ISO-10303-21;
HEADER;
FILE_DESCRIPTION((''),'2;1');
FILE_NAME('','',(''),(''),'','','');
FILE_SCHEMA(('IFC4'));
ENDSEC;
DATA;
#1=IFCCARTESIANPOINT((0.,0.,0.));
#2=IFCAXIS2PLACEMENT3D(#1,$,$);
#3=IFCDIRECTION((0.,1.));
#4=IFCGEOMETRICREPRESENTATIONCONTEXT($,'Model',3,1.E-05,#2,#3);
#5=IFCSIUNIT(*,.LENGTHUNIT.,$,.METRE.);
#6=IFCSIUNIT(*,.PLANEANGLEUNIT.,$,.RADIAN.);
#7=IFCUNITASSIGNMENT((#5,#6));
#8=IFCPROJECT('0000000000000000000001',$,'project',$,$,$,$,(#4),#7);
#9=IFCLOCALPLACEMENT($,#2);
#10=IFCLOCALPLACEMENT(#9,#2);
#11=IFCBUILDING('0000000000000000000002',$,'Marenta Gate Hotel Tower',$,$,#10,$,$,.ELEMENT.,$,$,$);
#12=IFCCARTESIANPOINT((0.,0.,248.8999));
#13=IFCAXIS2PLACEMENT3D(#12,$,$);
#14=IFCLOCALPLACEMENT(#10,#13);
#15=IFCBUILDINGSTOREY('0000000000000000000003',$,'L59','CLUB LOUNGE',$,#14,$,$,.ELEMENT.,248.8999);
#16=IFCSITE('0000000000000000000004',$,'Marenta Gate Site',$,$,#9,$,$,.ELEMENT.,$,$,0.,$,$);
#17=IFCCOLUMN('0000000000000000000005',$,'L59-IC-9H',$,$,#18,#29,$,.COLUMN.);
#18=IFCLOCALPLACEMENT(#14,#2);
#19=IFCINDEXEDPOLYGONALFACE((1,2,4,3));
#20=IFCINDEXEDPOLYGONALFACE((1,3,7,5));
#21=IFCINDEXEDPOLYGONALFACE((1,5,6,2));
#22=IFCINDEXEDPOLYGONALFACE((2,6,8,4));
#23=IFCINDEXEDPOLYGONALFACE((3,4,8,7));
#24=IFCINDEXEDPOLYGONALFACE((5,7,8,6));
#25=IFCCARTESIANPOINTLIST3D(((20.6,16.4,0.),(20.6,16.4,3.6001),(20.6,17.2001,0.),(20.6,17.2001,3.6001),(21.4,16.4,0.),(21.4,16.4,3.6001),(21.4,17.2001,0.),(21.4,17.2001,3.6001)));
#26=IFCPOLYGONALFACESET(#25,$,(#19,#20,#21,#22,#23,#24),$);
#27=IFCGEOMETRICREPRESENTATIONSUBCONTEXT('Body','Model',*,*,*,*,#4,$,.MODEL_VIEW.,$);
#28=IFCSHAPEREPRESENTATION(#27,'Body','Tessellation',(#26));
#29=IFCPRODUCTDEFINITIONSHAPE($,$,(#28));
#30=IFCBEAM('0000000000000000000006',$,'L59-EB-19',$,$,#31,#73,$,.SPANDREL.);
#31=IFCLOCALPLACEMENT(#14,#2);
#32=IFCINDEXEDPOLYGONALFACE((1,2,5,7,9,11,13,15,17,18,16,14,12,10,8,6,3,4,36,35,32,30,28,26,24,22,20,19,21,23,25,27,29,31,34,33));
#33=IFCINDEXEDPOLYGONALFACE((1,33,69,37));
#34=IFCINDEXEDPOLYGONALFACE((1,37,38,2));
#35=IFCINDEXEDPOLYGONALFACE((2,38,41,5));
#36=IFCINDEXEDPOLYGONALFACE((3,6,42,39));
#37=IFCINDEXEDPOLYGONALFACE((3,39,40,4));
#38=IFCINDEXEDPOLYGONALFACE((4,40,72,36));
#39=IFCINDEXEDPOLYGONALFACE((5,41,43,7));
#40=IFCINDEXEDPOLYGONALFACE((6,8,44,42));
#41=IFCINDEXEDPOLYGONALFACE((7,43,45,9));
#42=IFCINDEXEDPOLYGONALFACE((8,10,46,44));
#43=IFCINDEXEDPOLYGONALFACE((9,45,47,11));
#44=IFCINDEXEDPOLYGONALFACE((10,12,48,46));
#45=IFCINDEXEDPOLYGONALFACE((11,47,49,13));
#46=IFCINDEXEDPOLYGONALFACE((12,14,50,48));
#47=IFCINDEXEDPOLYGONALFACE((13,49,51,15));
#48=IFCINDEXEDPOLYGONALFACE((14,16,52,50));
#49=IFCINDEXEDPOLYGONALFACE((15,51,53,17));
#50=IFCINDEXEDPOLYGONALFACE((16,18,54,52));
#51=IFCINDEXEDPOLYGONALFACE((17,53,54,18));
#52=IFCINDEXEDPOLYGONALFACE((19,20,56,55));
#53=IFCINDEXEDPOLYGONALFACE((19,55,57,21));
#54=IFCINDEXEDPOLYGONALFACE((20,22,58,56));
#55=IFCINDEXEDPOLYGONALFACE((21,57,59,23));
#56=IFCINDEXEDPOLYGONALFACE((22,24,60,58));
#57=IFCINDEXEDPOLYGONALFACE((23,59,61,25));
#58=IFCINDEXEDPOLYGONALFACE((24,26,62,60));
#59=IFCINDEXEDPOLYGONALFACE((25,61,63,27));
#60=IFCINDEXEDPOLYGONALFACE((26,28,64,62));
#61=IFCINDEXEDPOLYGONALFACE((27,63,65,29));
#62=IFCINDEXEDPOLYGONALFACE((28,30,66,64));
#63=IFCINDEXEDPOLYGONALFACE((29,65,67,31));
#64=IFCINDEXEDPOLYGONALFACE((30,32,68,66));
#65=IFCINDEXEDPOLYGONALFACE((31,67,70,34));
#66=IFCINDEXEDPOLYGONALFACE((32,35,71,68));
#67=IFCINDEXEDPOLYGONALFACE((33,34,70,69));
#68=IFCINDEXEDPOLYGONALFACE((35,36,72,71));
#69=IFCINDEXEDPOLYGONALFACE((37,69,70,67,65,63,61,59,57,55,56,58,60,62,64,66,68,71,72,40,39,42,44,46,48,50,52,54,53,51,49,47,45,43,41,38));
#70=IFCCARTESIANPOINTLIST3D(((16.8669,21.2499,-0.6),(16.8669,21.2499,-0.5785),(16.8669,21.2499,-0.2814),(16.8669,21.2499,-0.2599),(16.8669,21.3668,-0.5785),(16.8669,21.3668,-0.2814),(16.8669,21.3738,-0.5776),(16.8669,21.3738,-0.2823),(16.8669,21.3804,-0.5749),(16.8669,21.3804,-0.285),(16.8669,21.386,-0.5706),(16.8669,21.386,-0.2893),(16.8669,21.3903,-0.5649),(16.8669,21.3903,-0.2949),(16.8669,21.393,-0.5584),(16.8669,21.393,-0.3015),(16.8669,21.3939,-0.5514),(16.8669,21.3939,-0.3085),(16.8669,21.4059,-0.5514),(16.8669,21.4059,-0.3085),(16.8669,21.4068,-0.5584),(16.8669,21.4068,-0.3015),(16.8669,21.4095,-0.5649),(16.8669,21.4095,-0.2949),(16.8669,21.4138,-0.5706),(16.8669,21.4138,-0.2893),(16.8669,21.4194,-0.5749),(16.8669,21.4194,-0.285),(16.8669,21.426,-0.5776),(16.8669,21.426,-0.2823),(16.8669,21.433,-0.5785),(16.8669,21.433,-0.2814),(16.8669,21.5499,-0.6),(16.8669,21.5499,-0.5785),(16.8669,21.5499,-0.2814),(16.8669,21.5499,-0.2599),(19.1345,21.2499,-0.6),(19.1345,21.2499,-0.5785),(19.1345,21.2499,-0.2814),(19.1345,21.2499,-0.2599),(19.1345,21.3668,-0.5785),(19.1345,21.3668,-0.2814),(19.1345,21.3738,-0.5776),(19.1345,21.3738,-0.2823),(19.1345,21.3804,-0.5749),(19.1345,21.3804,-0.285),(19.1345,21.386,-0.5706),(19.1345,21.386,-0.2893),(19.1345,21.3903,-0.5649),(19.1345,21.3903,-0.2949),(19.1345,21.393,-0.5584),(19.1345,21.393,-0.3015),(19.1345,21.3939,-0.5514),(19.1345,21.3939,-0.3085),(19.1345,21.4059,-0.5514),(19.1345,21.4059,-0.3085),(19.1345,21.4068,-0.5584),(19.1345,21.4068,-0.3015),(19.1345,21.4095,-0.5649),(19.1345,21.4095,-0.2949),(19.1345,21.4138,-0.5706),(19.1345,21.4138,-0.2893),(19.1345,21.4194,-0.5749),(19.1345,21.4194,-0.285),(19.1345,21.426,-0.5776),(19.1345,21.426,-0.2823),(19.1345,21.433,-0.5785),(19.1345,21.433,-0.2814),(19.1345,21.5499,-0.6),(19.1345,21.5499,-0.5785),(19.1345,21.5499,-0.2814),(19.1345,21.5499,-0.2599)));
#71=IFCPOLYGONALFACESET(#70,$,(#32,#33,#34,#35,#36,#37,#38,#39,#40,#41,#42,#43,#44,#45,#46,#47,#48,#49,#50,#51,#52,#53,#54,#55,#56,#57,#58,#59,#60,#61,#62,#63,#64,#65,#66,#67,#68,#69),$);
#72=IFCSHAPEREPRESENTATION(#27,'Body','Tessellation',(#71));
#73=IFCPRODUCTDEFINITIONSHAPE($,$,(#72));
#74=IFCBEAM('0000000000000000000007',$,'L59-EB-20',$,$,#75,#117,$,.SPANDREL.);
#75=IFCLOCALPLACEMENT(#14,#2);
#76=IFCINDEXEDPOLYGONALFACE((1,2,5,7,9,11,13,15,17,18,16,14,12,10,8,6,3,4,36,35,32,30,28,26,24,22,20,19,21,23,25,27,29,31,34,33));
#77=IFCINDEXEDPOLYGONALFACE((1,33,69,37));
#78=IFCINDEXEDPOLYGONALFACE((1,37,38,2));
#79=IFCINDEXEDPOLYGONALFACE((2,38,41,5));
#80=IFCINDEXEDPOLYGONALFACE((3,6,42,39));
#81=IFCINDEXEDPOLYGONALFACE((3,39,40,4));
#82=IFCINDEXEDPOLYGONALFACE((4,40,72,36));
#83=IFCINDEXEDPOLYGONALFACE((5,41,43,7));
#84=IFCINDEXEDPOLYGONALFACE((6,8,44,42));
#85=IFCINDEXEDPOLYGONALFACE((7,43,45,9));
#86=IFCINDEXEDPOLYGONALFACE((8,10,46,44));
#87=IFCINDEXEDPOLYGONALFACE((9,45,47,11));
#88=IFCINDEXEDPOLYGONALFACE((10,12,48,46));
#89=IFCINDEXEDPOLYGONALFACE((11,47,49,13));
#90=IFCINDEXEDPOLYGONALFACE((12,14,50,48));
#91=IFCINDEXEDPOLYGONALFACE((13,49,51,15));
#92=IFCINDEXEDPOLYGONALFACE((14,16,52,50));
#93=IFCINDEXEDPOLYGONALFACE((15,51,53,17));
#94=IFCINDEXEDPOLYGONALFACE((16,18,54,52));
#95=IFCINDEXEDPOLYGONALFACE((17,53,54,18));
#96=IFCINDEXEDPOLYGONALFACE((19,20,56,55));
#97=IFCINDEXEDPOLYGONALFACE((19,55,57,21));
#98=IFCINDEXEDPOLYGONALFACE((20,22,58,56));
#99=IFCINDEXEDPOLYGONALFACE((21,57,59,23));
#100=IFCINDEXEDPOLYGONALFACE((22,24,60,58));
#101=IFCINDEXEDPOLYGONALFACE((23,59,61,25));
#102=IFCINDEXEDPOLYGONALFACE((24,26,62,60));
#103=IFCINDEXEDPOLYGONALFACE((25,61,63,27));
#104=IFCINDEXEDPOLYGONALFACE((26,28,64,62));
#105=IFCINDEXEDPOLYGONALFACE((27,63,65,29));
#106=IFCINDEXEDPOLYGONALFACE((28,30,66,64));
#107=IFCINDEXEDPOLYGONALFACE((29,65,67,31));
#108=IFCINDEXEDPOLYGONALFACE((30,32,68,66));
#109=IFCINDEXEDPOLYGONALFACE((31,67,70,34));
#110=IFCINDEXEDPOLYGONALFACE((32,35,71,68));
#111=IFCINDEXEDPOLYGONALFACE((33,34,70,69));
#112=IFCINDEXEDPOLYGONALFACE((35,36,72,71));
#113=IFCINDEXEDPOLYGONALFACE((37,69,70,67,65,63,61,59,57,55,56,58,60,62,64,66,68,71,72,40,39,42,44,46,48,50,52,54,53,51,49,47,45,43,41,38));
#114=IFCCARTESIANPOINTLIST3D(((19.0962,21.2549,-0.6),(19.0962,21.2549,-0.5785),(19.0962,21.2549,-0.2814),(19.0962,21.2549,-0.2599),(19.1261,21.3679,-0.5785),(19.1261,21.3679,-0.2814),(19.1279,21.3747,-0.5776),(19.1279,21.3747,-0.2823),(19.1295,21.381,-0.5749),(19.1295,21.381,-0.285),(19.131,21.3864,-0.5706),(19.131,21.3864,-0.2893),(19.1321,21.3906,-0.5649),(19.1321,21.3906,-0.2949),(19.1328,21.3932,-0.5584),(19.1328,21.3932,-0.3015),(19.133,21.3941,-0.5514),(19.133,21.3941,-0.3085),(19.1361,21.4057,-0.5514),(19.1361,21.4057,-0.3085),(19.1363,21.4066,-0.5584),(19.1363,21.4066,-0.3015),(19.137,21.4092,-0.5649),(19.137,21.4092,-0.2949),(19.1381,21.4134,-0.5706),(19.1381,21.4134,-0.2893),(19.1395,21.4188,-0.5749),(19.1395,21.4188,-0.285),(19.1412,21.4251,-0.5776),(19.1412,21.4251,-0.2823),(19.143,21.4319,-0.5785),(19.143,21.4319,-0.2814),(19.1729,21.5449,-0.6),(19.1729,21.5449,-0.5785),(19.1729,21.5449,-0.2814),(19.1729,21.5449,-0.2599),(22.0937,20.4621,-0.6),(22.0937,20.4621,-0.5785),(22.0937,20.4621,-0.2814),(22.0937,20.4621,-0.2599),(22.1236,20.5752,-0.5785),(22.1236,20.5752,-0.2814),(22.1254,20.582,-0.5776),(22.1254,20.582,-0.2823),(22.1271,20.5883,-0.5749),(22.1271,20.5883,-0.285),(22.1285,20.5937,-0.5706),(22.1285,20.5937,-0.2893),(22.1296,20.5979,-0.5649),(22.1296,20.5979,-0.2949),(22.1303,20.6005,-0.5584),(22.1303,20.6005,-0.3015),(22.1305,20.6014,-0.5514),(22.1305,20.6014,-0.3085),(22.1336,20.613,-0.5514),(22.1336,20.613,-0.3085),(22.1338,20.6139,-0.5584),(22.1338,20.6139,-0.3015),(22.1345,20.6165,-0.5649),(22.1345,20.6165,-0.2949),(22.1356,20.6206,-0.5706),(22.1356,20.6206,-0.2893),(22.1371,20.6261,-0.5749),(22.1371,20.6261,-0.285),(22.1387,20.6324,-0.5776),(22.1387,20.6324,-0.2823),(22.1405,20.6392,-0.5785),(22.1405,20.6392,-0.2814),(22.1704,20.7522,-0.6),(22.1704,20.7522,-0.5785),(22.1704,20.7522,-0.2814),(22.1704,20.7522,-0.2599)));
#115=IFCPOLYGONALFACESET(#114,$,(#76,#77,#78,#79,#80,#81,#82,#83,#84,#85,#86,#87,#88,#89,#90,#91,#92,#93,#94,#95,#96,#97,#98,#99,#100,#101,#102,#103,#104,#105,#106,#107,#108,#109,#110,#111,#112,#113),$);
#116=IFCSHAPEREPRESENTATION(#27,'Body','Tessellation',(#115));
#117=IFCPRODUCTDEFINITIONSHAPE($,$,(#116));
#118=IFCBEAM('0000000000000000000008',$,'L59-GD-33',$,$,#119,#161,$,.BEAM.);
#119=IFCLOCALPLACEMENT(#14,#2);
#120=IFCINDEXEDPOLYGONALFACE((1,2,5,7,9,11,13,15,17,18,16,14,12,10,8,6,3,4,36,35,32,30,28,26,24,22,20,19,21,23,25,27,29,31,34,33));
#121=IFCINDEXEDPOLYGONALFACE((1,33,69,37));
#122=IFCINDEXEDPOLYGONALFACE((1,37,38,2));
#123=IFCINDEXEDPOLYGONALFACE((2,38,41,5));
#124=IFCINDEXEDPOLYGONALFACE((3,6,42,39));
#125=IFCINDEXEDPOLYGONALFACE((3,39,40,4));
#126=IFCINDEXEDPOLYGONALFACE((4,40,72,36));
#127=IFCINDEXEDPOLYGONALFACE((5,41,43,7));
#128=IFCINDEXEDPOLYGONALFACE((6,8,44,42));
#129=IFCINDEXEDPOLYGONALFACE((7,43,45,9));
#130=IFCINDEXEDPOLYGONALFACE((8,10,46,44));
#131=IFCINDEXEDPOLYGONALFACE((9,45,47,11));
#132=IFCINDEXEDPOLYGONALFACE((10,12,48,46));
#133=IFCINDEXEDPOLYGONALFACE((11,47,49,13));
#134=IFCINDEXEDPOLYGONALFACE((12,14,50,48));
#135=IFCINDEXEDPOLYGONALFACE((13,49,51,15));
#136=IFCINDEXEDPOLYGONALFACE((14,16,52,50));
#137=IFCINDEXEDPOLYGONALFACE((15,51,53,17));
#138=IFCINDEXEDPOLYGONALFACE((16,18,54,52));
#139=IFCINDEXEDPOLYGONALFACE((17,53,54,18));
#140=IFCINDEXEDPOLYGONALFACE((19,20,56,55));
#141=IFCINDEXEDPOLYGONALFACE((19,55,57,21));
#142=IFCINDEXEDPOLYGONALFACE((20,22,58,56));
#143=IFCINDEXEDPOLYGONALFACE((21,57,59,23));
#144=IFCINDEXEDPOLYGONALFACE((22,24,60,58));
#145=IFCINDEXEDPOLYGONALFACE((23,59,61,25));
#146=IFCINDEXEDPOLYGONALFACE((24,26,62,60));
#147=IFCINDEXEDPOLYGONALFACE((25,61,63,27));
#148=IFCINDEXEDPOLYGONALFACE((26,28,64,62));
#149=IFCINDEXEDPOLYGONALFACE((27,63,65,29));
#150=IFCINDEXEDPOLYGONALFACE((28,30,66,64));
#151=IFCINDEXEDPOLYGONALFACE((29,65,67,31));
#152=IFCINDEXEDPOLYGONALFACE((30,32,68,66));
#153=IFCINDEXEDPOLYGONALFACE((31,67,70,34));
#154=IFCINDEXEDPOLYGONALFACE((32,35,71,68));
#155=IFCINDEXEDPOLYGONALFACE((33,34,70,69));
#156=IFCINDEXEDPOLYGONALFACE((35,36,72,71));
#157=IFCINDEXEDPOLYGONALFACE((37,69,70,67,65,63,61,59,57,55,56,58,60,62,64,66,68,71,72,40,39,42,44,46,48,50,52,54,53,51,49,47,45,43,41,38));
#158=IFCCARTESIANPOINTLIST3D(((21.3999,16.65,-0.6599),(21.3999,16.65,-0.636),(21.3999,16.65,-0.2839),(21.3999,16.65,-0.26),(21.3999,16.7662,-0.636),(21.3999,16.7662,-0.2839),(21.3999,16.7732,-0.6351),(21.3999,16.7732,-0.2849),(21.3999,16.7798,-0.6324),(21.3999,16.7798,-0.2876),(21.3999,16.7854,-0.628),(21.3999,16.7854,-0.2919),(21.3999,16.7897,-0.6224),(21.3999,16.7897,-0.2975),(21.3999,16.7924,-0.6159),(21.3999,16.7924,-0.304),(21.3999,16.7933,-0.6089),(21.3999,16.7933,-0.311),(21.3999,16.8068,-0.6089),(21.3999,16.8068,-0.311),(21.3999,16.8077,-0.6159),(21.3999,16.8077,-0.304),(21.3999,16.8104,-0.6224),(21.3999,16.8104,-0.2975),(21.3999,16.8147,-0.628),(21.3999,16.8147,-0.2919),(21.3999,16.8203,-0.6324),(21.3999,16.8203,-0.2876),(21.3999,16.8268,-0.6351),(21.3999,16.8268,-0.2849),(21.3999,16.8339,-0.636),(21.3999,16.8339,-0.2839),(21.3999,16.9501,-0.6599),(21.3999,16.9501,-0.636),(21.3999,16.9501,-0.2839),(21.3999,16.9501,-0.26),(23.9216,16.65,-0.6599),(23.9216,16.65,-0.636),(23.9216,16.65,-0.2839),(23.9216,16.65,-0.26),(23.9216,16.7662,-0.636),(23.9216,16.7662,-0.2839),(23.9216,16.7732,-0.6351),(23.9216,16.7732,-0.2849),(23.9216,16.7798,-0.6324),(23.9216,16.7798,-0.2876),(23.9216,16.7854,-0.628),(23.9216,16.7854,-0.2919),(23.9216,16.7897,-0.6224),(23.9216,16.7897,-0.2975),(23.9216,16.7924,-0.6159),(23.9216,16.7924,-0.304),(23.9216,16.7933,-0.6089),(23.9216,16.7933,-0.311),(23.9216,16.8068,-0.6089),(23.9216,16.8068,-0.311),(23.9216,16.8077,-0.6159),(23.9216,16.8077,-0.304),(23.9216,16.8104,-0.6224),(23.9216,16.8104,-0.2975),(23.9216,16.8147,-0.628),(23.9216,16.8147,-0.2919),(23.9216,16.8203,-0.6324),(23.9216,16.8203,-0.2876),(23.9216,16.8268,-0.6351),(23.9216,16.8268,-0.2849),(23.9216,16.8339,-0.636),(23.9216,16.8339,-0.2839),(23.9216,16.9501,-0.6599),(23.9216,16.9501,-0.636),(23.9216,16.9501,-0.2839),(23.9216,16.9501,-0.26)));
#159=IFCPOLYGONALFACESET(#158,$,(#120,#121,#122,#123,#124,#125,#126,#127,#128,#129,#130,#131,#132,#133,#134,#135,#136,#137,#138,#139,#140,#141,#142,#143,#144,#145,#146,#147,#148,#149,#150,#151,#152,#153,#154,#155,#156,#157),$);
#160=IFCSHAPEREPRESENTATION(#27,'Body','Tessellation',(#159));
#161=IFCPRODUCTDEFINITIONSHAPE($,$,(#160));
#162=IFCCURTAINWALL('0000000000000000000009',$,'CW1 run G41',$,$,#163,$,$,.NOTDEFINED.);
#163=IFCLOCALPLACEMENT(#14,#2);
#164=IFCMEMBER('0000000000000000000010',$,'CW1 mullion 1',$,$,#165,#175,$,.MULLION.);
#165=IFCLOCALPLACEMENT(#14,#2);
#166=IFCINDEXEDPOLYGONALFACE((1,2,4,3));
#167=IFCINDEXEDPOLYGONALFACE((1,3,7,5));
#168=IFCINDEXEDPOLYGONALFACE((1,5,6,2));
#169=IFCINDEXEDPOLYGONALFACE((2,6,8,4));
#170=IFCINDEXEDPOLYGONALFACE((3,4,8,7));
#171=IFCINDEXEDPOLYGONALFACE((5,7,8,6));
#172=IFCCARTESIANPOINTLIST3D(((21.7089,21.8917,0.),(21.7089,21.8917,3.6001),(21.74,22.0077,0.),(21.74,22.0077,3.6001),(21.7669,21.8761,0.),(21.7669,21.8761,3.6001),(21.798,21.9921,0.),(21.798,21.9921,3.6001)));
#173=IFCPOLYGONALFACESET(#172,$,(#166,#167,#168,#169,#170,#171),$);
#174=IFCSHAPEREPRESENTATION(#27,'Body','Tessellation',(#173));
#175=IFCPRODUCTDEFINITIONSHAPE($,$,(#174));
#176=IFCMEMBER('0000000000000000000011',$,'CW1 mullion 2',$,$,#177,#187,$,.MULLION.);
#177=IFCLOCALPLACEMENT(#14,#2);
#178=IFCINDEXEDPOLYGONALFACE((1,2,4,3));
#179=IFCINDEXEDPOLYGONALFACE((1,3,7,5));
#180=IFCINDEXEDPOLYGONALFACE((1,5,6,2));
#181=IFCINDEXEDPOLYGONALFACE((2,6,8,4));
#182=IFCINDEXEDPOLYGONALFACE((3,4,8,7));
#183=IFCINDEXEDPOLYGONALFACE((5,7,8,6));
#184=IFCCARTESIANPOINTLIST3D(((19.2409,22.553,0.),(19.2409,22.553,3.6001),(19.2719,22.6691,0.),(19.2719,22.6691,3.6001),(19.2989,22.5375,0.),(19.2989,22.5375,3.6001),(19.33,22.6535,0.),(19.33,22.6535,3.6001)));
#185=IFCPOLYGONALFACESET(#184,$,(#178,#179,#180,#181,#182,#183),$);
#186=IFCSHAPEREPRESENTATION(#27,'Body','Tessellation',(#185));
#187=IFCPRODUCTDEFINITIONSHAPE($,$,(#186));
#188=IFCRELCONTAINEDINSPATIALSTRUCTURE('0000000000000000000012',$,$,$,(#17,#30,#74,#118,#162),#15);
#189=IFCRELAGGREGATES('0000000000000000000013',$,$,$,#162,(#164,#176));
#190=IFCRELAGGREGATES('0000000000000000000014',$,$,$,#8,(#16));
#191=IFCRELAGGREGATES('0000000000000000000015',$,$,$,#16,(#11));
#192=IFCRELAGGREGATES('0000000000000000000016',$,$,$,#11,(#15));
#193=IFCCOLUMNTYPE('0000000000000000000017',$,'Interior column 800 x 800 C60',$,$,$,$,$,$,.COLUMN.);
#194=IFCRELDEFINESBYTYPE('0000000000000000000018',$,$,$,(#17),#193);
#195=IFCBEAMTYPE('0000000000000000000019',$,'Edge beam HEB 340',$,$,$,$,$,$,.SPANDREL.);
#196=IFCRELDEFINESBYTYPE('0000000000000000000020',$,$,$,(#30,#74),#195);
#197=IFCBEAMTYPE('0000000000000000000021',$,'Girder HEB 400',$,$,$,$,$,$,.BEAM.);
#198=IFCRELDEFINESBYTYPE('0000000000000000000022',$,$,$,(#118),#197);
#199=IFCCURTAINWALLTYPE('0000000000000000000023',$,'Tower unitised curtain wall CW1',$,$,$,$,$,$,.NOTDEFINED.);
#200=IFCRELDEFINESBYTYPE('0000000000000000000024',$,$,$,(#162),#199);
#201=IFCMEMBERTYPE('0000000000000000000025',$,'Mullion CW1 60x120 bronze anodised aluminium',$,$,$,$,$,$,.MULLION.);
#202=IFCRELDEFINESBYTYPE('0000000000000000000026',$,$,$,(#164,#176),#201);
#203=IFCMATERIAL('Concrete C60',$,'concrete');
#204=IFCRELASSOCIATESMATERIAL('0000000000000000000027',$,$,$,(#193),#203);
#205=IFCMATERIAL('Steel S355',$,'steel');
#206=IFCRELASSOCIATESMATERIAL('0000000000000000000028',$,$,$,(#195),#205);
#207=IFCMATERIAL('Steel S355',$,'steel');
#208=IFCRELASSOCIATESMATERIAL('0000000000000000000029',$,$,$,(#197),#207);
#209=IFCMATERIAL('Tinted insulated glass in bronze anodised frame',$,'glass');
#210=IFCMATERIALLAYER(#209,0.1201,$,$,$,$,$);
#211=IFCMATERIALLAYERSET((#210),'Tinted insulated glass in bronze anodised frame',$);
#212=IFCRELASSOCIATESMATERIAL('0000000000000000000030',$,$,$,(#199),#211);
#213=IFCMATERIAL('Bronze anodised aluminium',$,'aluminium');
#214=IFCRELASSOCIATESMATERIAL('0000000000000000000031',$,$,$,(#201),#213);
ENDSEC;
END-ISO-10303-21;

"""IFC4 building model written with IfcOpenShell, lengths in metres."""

from ifc_helpers import new_model, si_unit, direction, frame, origin, origin_2d, place, context, subcontext, project, spatial, rectangle, i_section, extrude, material, layer, layer_set, material_profile, profile_set, type_object, element, aggregate, save


model = new_model("IFC4")

# Units and contexts
model_context = context("Model", 3, precision=1e-05, world=origin(), true_north=direction((0.0, 1.0)))
body_context = subcontext(model_context, "Body", "Model", "MODEL_VIEW")
ifc_project = project(units=[si_unit("LENGTHUNIT", "METRE"), si_unit("PLANEANGLEUNIT", "RADIAN")], contexts=[model_context])

# Site, building, storey
site_placement = place(None, origin())
site = spatial("IfcSite", under=ifc_project, at=site_placement, Name="Marenta Gate Site", CompositionType="ELEMENT", RefElevation=0.0)
building_placement = place(site_placement, origin())
building = spatial("IfcBuilding", under=site, at=building_placement, Name="Marenta Gate Hotel Tower", CompositionType="ELEMENT")
storey_placement = place(building_placement, frame((0.0, 0.0, 248.8999)))
storey = spatial("IfcBuildingStorey", under=building, at=storey_placement, Name="L59", Description="CLUB LOUNGE", CompositionType="ELEMENT", Elevation=248.8999)

# Column
ifc_material_1 = material(Name="Concrete C60", Category="concrete")
ifc_material_profile_1 = material_profile(ifc_material_1, rectangle(XDim=0.8, YDim=0.8, at=origin_2d()), Name="800 x 800")
ifc_profile_set_1 = profile_set([ifc_material_profile_1], Name="Concrete C60")
column_type = type_object("IfcColumnType", Name="Interior column 800 x 800 C60", PredefinedType="COLUMN", material=ifc_profile_set_1)
column_placement = place(storey_placement, frame((21.0, 16.8, 0.0), z_axis=(0.0, 0.0, 1.0), x_axis=(1.0, 0.0, 0.0)))
element("IfcColumn", 1, at=column_placement, inside=storey, type_object=column_type, Name="L59-IC-9H", PredefinedType="COLUMN", context=body_context, shape_type="SweptSolid", body=[
    extrude(rectangle(XDim=0.8, YDim=0.8, at=origin_2d()), origin(), (0.0, 0.0, 1.0), 3.6001),
])

# Beams
ifc_material_2 = material(Name="Steel S355", Category="steel")
ifc_material_profile_2 = material_profile(ifc_material_2, i_section(OverallWidth=0.3, OverallDepth=0.3401, WebThickness=0.012, FlangeThickness=0.0215, FilletRadius=0.0271, at=origin_2d()), Name="HEB 340")
ifc_profile_set_2 = profile_set([ifc_material_profile_2], Name="Steel S355")
beam_type_1 = type_object("IfcBeamType", Name="Edge beam HEB 340", PredefinedType="SPANDREL", material=ifc_profile_set_2)
beam_1_placement = place(storey_placement, frame((16.8669, 21.3999, -0.4299), z_axis=(1.0, 0.0, 0.0), x_axis=(0.0, 1.0, 0.0)))
element("IfcBeam", 2, at=beam_1_placement, inside=storey, type_object=beam_type_1, Name="L59-EB-19", PredefinedType="SPANDREL", context=body_context, shape_type="SweptSolid", body=[
    extrude(i_section(OverallWidth=0.3, OverallDepth=0.3401, WebThickness=0.012, FlangeThickness=0.0215, FilletRadius=0.0271, at=origin_2d()), origin(), (0.0, 0.0, 1.0), 2.2676),
])
beam_2_placement = place(storey_placement, frame((19.1345, 21.3999, -0.4299), z_axis=(0.966765, -0.255667, 0.0), x_axis=(0.255667, 0.966765, 0.0)))
element("IfcBeam", 3, at=beam_2_placement, inside=storey, type_object=beam_type_1, Name="L59-EB-20", PredefinedType="SPANDREL", context=body_context, shape_type="SweptSolid", body=[
    extrude(i_section(OverallWidth=0.3, OverallDepth=0.3401, WebThickness=0.012, FlangeThickness=0.0215, FilletRadius=0.0271, at=origin_2d()), origin(), (0.0, 0.0, 1.0), 3.1006),
])
ifc_material_3 = material(Name="Steel S355", Category="steel")
ifc_material_profile_3 = material_profile(ifc_material_3, i_section(OverallWidth=0.3, OverallDepth=0.3999, WebThickness=0.0134, FlangeThickness=0.0239, FilletRadius=0.0271, at=origin_2d()), Name="HEB 400")
ifc_profile_set_3 = profile_set([ifc_material_profile_3], Name="Steel S355")
beam_type_2 = type_object("IfcBeamType", Name="Girder HEB 400", PredefinedType="BEAM", material=ifc_profile_set_3)
beam_3_placement = place(storey_placement, frame((21.3999, 16.8, -0.46), z_axis=(1.0, 0.0, 0.0), x_axis=(0.0, 1.0, 0.0)))
element("IfcBeam", 4, at=beam_3_placement, inside=storey, type_object=beam_type_2, Name="L59-GD-33", PredefinedType="BEAM", context=body_context, shape_type="SweptSolid", body=[
    extrude(i_section(OverallWidth=0.3, OverallDepth=0.3999, WebThickness=0.0134, FlangeThickness=0.0239, FilletRadius=0.0271, at=origin_2d()), origin(), (0.0, 0.0, 1.0), 2.5217),
])

# Curtain wall, members
ifc_material_4 = material(Name="Tinted insulated glass in bronze anodised frame", Category="glass")
ifc_layer_1 = layer(ifc_material_4, 0.1201)
ifc_layer_set_1 = layer_set([ifc_layer_1], Name="Tinted insulated glass in bronze anodised frame")
curtain_wall_type = type_object("IfcCurtainWallType", Name="Tower unitised curtain wall CW1", PredefinedType="NOTDEFINED", material=ifc_layer_set_1)
curtain_wall_1_placement = place(storey_placement, origin())
curtain_wall_1 = element("IfcCurtainWall", 5, at=curtain_wall_1_placement, inside=storey, type_object=curtain_wall_type, Name="CW1 run G41", PredefinedType="NOTDEFINED")
ifc_material_5 = material(Name="Bronze anodised aluminium", Category="aluminium")
ifc_material_profile_4 = material_profile(ifc_material_5, rectangle(XDim=0.1201, YDim=0.0601, at=origin_2d()), Name="Mullion CW1 60x120 bronze anodised aluminium")
ifc_profile_set_4 = profile_set([ifc_material_profile_4], Name="Bronze anodised aluminium")
member_type_1 = type_object("IfcMemberType", Name="Mullion CW1 60x120 bronze anodised aluminium", PredefinedType="MULLION", material=ifc_profile_set_4)
member_1_placement = place(storey_placement, frame((21.7534, 21.9419, 0.0), z_axis=(0.0, 0.0, 1.0), x_axis=(-0.258805, -0.96593, 0.0)))
member_1 = element("IfcMember", 6, at=member_1_placement, type_object=member_type_1, Name="CW1 mullion 1", PredefinedType="MULLION", context=body_context, shape_type="SweptSolid", body=[
    extrude(rectangle(XDim=0.1201, YDim=0.0601, at=origin_2d()), origin(), (0.0, 0.0, 1.0), 3.6001),
])
member_2_placement = place(storey_placement, frame((19.2854, 22.6033, 0.0), z_axis=(0.0, 0.0, 1.0), x_axis=(-0.258805, -0.96593, 0.0)))
member_2 = element("IfcMember", 7, at=member_2_placement, type_object=member_type_1, Name="CW1 mullion 2", PredefinedType="MULLION", context=body_context, shape_type="SweptSolid", body=[
    extrude(rectangle(XDim=0.1201, YDim=0.0601, at=origin_2d()), origin(), (0.0, 0.0, 1.0), 3.6001),
])

aggregate(curtain_wall_1, [member_1, member_2])

save(model, "model.ifc")
